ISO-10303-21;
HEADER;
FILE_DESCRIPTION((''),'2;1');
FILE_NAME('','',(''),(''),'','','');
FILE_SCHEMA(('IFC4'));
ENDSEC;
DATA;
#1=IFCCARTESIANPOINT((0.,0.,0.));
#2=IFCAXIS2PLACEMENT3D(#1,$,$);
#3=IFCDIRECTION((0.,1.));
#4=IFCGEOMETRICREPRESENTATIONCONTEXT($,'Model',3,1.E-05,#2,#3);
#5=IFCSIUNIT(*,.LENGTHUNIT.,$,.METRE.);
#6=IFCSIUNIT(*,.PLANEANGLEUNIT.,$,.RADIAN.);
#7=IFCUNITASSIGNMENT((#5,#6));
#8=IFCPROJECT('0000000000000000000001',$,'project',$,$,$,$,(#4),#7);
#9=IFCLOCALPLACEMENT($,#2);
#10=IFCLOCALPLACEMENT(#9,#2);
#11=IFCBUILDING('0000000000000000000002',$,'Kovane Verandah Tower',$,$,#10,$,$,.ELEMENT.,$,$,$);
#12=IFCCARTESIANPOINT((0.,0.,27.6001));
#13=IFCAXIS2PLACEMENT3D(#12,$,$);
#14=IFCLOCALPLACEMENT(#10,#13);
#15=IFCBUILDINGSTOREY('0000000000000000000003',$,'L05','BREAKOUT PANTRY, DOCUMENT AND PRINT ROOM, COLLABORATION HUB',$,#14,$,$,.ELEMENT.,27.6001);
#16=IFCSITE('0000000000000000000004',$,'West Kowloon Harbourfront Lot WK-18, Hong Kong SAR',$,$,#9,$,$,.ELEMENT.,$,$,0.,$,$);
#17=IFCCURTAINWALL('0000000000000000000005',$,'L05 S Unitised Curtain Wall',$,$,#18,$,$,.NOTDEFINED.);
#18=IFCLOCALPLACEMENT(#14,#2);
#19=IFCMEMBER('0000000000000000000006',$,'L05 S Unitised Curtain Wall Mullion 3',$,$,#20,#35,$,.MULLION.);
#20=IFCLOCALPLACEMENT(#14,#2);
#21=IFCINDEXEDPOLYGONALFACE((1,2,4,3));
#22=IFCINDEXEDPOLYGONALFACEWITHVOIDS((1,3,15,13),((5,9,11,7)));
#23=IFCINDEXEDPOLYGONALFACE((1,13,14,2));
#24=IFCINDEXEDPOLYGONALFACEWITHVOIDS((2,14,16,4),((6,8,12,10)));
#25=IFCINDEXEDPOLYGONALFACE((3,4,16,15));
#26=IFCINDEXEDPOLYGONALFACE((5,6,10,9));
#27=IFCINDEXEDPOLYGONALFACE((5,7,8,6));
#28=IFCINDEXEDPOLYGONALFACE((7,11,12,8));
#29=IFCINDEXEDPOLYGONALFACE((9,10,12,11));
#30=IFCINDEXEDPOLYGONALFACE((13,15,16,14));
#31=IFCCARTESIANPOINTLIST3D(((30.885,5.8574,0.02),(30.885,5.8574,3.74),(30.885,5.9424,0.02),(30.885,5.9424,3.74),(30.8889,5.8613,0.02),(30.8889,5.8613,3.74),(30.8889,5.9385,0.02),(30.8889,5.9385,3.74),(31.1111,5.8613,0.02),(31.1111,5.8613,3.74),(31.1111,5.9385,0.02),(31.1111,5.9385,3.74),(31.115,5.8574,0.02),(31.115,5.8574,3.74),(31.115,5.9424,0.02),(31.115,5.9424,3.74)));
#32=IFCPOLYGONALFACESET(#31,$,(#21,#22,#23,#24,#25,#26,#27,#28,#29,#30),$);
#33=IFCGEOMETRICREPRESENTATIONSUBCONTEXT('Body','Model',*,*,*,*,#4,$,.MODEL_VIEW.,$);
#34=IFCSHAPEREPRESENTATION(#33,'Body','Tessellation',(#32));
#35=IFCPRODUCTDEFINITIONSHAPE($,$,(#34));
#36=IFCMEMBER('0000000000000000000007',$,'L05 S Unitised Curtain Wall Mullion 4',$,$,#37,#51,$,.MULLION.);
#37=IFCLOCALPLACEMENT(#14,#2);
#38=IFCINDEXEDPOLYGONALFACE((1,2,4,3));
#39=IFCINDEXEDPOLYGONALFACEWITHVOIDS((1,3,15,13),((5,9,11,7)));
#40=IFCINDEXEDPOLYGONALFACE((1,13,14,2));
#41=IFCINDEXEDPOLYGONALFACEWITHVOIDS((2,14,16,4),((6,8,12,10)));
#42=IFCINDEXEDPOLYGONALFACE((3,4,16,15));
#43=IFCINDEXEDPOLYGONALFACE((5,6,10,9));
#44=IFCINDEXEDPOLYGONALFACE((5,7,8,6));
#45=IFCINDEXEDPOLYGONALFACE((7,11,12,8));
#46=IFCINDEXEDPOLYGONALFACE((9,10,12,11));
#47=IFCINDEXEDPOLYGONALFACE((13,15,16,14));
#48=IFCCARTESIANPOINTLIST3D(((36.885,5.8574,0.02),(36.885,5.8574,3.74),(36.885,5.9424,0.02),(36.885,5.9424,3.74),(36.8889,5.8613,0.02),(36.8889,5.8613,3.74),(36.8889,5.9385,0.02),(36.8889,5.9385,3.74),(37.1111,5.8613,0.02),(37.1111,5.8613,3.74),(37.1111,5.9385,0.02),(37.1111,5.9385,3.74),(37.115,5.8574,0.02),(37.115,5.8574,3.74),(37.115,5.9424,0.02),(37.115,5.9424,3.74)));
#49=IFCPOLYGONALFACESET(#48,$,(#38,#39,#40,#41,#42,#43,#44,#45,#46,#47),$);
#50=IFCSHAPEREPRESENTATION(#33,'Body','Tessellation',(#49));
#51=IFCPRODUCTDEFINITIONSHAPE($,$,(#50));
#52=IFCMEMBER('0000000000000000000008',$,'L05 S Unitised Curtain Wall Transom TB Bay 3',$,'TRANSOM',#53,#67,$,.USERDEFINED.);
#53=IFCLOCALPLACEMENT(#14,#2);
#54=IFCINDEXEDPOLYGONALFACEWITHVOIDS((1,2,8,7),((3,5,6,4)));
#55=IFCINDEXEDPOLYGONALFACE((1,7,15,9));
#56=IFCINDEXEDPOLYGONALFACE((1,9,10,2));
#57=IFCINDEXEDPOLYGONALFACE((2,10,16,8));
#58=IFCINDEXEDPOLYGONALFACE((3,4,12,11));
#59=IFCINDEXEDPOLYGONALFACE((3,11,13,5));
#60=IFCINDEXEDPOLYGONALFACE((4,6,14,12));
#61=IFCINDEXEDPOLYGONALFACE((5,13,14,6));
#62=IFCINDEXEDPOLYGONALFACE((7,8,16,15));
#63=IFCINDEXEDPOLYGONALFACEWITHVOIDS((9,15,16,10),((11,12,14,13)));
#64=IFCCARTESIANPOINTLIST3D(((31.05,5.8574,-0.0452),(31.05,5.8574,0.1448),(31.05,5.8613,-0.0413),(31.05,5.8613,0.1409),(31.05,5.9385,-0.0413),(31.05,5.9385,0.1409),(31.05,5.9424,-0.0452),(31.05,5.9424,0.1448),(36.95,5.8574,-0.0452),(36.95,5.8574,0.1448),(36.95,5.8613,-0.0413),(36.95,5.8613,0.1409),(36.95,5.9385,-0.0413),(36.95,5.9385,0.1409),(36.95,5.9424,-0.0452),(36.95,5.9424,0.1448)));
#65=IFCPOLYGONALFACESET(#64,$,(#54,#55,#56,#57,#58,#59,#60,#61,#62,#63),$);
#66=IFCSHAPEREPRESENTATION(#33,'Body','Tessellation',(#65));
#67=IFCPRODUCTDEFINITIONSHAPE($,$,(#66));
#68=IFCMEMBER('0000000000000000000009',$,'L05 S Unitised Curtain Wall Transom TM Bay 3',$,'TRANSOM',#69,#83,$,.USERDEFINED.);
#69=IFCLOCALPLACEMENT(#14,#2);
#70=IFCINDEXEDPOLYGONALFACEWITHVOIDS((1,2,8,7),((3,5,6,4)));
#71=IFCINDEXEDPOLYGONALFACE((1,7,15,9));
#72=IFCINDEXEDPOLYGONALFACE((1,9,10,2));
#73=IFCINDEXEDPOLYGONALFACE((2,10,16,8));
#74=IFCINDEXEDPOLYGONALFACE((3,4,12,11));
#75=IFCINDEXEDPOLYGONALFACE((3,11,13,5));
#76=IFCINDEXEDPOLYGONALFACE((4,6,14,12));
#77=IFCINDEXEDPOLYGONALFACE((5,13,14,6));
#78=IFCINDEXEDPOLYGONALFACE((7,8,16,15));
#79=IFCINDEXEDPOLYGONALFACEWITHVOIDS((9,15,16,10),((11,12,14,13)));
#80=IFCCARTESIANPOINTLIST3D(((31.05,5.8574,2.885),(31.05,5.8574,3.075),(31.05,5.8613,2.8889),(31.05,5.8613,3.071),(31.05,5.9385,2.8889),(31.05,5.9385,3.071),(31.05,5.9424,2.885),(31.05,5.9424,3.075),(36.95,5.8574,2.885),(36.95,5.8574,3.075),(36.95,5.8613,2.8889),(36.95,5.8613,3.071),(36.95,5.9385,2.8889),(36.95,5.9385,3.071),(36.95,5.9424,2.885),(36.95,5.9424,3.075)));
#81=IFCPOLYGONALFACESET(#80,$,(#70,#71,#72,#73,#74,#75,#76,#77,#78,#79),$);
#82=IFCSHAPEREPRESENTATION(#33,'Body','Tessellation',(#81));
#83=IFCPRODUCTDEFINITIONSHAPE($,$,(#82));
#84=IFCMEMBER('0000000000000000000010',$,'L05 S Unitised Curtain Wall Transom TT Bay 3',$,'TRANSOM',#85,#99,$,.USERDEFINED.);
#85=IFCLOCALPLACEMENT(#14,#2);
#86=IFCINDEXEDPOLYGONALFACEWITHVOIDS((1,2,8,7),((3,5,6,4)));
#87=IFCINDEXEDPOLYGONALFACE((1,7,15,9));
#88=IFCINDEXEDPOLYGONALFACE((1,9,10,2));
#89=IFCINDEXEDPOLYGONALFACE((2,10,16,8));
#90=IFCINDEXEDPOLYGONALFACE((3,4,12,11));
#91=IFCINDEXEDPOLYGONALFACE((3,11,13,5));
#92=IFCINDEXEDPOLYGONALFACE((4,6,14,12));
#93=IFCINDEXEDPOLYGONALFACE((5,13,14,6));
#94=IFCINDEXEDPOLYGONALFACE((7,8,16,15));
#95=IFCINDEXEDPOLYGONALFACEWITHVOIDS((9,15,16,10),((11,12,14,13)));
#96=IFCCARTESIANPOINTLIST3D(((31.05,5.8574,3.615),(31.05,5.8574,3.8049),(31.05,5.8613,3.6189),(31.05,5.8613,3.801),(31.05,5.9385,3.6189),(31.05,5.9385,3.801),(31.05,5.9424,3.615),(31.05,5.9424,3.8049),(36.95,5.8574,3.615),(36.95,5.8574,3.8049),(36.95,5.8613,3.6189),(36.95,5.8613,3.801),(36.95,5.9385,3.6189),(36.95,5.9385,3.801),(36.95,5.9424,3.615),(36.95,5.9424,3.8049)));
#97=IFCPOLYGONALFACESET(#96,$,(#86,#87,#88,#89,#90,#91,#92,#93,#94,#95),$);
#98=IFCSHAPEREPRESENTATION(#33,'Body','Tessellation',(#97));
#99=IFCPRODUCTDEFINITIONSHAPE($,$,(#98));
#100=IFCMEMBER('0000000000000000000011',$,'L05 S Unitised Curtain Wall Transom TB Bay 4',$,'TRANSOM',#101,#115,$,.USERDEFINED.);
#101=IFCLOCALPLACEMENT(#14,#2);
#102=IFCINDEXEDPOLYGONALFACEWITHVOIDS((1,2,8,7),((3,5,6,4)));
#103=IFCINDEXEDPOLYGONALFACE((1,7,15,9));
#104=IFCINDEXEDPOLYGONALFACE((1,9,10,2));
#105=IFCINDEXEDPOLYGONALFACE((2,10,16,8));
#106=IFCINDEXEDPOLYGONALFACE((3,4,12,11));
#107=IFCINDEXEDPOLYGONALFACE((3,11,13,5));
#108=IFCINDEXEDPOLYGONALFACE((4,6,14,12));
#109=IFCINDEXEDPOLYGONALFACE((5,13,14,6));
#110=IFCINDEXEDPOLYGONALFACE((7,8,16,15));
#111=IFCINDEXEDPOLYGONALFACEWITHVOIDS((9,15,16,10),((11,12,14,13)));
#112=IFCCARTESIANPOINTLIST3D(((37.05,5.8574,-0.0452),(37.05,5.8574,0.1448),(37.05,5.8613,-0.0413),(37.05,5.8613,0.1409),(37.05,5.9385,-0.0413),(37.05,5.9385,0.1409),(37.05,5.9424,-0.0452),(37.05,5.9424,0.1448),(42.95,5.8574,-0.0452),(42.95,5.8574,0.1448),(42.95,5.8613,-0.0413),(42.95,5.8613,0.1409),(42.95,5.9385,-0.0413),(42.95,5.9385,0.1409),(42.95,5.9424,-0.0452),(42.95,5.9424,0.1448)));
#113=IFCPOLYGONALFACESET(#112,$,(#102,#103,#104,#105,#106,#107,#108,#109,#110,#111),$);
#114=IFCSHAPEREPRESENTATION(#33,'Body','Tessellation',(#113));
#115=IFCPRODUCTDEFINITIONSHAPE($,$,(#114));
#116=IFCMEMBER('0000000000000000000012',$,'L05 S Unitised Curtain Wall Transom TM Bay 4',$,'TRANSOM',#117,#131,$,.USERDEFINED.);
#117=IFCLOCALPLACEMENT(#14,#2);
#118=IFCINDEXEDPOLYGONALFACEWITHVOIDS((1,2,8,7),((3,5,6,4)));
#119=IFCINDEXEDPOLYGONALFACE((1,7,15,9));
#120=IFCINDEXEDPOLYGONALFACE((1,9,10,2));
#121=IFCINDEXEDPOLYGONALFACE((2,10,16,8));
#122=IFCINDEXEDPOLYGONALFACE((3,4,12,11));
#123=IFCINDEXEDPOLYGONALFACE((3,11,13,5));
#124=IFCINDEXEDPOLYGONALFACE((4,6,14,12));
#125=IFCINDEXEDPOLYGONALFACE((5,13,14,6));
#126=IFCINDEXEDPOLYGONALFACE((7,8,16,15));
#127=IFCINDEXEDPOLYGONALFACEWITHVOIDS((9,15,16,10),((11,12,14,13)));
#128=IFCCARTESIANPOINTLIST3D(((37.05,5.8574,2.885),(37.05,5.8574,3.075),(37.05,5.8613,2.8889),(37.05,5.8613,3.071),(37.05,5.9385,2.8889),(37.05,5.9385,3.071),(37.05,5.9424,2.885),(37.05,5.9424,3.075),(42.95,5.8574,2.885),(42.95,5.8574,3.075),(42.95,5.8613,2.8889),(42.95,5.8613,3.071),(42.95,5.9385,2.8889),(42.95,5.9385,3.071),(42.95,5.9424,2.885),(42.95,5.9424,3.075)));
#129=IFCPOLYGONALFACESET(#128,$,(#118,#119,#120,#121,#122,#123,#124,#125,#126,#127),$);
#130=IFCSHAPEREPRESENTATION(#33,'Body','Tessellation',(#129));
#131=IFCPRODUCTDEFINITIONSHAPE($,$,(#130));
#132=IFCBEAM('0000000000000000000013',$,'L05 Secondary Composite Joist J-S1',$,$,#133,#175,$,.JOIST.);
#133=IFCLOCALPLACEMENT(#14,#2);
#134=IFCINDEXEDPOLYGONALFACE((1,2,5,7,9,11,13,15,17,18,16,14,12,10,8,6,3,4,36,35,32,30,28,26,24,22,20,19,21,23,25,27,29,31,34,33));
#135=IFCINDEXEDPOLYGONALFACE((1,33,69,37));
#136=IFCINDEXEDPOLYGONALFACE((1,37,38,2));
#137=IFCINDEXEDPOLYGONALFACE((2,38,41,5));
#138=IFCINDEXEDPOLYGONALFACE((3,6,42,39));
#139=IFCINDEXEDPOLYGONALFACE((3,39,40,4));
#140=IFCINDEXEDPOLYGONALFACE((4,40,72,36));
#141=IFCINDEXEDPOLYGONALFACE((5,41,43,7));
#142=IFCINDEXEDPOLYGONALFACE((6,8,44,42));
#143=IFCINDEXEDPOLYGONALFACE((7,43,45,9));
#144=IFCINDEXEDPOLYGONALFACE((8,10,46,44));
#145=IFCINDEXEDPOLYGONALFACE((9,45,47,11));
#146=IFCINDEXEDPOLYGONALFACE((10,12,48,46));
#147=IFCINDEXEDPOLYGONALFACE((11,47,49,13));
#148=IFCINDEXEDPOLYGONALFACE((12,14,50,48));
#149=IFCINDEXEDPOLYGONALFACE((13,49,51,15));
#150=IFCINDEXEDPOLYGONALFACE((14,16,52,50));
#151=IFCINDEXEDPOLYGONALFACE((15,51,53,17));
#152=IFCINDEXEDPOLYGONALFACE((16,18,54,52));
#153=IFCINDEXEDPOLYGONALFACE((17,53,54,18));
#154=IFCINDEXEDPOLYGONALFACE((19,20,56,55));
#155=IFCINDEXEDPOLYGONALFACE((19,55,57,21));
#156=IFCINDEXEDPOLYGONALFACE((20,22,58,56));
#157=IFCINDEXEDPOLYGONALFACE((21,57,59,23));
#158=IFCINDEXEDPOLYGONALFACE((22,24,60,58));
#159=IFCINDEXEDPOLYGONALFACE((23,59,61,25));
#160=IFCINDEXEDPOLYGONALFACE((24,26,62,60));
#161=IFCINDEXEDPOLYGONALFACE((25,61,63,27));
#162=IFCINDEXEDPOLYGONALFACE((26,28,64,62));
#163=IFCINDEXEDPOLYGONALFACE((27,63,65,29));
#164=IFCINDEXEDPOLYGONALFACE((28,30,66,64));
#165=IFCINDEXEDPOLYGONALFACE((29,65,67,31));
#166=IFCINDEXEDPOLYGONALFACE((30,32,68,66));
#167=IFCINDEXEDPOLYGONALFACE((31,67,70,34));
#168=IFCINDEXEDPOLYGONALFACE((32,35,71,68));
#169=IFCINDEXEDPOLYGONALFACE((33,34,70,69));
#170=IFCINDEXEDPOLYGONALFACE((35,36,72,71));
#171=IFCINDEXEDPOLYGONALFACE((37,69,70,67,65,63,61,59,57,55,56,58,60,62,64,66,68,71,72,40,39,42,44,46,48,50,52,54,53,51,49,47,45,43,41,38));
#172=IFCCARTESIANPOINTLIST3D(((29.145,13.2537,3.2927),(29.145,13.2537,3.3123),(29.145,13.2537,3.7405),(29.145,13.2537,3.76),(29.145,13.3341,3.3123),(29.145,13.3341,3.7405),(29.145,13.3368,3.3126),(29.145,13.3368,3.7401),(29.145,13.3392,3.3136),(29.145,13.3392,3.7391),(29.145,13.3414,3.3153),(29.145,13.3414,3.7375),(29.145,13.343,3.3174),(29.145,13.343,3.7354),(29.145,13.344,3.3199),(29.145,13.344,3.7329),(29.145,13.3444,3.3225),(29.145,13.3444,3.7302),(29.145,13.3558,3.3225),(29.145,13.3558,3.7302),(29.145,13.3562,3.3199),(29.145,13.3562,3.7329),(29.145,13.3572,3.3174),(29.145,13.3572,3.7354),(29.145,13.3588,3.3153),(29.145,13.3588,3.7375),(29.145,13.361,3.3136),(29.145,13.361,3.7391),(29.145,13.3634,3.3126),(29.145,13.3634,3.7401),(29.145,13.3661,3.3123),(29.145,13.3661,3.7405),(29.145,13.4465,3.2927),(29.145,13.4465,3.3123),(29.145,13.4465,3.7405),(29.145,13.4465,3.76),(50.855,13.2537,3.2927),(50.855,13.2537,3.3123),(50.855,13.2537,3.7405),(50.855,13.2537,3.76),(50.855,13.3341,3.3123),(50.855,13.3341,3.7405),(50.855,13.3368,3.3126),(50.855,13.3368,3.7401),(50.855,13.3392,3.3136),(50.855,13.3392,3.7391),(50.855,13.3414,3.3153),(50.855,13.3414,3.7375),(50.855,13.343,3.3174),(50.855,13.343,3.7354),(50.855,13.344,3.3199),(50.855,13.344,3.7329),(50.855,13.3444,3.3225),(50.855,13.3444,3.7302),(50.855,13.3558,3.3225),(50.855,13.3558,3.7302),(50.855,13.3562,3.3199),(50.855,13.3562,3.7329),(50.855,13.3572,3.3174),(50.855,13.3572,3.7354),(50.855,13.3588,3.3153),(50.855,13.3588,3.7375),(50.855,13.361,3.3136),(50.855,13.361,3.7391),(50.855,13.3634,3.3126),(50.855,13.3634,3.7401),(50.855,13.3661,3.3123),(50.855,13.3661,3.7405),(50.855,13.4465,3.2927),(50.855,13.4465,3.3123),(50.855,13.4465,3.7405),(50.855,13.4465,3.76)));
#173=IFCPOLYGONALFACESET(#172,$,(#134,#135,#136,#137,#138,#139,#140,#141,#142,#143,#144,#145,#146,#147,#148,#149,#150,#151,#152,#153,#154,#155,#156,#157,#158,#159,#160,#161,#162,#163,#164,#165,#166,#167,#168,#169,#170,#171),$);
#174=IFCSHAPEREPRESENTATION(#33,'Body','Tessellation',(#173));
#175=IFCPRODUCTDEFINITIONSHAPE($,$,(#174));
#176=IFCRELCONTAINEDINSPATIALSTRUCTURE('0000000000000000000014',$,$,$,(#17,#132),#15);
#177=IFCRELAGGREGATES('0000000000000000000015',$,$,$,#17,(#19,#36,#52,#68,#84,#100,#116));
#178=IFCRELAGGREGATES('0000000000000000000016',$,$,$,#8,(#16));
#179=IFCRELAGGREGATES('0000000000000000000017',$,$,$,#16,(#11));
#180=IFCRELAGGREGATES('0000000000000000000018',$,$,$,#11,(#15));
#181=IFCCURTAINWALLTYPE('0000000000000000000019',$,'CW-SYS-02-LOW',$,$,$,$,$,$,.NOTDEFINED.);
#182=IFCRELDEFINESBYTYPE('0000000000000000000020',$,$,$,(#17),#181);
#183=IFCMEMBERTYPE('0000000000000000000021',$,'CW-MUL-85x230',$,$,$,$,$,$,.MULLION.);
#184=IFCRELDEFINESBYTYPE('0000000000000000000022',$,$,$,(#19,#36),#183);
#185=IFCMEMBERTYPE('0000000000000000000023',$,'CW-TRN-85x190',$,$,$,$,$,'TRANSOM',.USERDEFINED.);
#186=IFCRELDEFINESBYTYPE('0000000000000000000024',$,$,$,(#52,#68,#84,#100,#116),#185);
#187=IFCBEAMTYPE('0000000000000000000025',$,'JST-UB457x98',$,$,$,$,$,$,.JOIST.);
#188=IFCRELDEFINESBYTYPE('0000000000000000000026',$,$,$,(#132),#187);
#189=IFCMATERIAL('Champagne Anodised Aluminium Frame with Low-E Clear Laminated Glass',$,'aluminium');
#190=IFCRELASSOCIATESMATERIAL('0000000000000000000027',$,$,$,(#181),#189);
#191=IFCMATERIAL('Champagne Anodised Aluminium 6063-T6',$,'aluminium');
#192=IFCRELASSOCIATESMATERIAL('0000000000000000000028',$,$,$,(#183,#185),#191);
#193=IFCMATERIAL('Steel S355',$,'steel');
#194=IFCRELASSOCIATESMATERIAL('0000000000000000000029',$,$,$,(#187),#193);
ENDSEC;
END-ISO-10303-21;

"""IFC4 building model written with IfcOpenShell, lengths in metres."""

from ifc_helpers import new_model, si_unit, direction, frame, origin, origin_2d, place, context, subcontext, project, spatial, hollow_rectangle, i_section, extrude, material, material_profile, profile_set, type_object, element, aggregate, save


model = new_model("IFC4")

# Units and contexts
model_context = context("Model", 3, precision=1e-05, world=origin(), true_north=direction((0.0, 1.0)))
body_context = subcontext(model_context, "Body", "Model", "MODEL_VIEW")
ifc_project = project(units=[si_unit("LENGTHUNIT", "METRE"), si_unit("PLANEANGLEUNIT", "RADIAN")], contexts=[model_context])

# Site, building, storey
site_placement = place(None, origin())
site = spatial("IfcSite", under=ifc_project, at=site_placement, Name="West Kowloon Harbourfront Lot WK-18, Hong Kong SAR", CompositionType="ELEMENT", RefElevation=0.0)
building_placement = place(site_placement, origin())
building = spatial("IfcBuilding", under=site, at=building_placement, Name="Kovane Verandah Tower", CompositionType="ELEMENT")
storey_placement = place(building_placement, frame((0.0, 0.0, 27.6001)))
storey = spatial("IfcBuildingStorey", under=building, at=storey_placement, Name="L05", Description="BREAKOUT PANTRY, DOCUMENT AND PRINT ROOM, COLLABORATION HUB", CompositionType="ELEMENT", Elevation=27.6001)

# Shared definitions
ifc_material_1 = material(Name="Steel S355", Category="steel")

# Curtain wall, members
ifc_material_2 = material(Name="Champagne Anodised Aluminium Frame with Low-E Clear Laminated Glass", Category="aluminium")
curtain_wall_type = type_object("IfcCurtainWallType", Name="CW-SYS-02-LOW", PredefinedType="NOTDEFINED", material=ifc_material_2)
curtain_wall_placement = place(storey_placement, origin())
curtain_wall = element("IfcCurtainWall", 1, at=curtain_wall_placement, inside=storey, type_object=curtain_wall_type, Name="L05 S Unitised Curtain Wall", PredefinedType="NOTDEFINED")
ifc_material_3 = material(Name="Champagne Anodised Aluminium 6063-T6", Category="aluminium")
ifc_material_profile_1 = material_profile(ifc_material_3, hollow_rectangle(XDim=0.085, YDim=0.23, WallThickness=0.0039, at=origin_2d()), Name="AL85x230x4")
ifc_profile_set_1 = profile_set([ifc_material_profile_1], Name="Champagne Anodised Aluminium 6063-T6")
member_type_1 = type_object("IfcMemberType", Name="CW-MUL-85x230", PredefinedType="MULLION", material=ifc_profile_set_1)
member_1_placement = place(storey_placement, frame((31.0, 5.8999, 0.02), z_axis=(0.0, 0.0, 1.0), x_axis=(0.0, -1.0, 0.0)))
member_1 = element("IfcMember", 2, at=member_1_placement, type_object=member_type_1, Name="L05 S Unitised Curtain Wall Mullion 3", PredefinedType="MULLION", context=body_context, shape_type="SweptSolid", body=[
    extrude(hollow_rectangle(XDim=0.085, YDim=0.23, WallThickness=0.0039, at=origin_2d()), origin(), (0.0, 0.0, 1.0), 3.72),
])
member_2_placement = place(storey_placement, frame((37.0, 5.8999, 0.02), z_axis=(0.0, 0.0, 1.0), x_axis=(0.0, -1.0, 0.0)))
member_2 = element("IfcMember", 3, at=member_2_placement, type_object=member_type_1, Name="L05 S Unitised Curtain Wall Mullion 4", PredefinedType="MULLION", context=body_context, shape_type="SweptSolid", body=[
    extrude(hollow_rectangle(XDim=0.085, YDim=0.23, WallThickness=0.0039, at=origin_2d()), origin(), (0.0, 0.0, 1.0), 3.72),
])
ifc_material_profile_2 = material_profile(ifc_material_3, hollow_rectangle(XDim=0.085, YDim=0.1899, WallThickness=0.0039, at=origin_2d()), Name="AL85x190x4")
ifc_profile_set_2 = profile_set([ifc_material_profile_2], Name="Champagne Anodised Aluminium 6063-T6")
member_type_2 = type_object("IfcMemberType", Name="CW-TRN-85x190", ElementType="TRANSOM", PredefinedType="USERDEFINED", material=ifc_profile_set_2)
member_3_placement = place(storey_placement, frame((31.05, 5.8999, 0.0498), z_axis=(1.0, 0.0, 0.0), x_axis=(0.0, 1.0, 0.0)))
member_3 = element("IfcMember", 4, at=member_3_placement, type_object=member_type_2, Name="L05 S Unitised Curtain Wall Transom TB Bay 3", ObjectType="TRANSOM", PredefinedType="USERDEFINED", context=body_context, shape_type="SweptSolid", body=[
    extrude(hollow_rectangle(XDim=0.085, YDim=0.1899, WallThickness=0.0039, at=origin_2d()), origin(), (0.0, 0.0, 1.0), 5.8999),
])
member_4_placement = place(storey_placement, frame((31.05, 5.8999, 2.98), z_axis=(1.0, 0.0, 0.0), x_axis=(0.0, 1.0, 0.0)))
member_4 = element("IfcMember", 5, at=member_4_placement, type_object=member_type_2, Name="L05 S Unitised Curtain Wall Transom TM Bay 3", ObjectType="TRANSOM", PredefinedType="USERDEFINED", context=body_context, shape_type="SweptSolid", body=[
    extrude(hollow_rectangle(XDim=0.085, YDim=0.1899, WallThickness=0.0039, at=origin_2d()), origin(), (0.0, 0.0, 1.0), 5.8999),
])
member_5_placement = place(storey_placement, frame((31.05, 5.8999, 3.71), z_axis=(1.0, 0.0, 0.0), x_axis=(0.0, 1.0, 0.0)))
member_5 = element("IfcMember", 6, at=member_5_placement, type_object=member_type_2, Name="L05 S Unitised Curtain Wall Transom TT Bay 3", ObjectType="TRANSOM", PredefinedType="USERDEFINED", context=body_context, shape_type="SweptSolid", body=[
    extrude(hollow_rectangle(XDim=0.085, YDim=0.1899, WallThickness=0.0039, at=origin_2d()), origin(), (0.0, 0.0, 1.0), 5.8999),
])
member_6_placement = place(storey_placement, frame((37.05, 5.8999, 0.0498), z_axis=(1.0, 0.0, 0.0), x_axis=(0.0, 1.0, 0.0)))
member_6 = element("IfcMember", 7, at=member_6_placement, type_object=member_type_2, Name="L05 S Unitised Curtain Wall Transom TB Bay 4", ObjectType="TRANSOM", PredefinedType="USERDEFINED", context=body_context, shape_type="SweptSolid", body=[
    extrude(hollow_rectangle(XDim=0.085, YDim=0.1899, WallThickness=0.0039, at=origin_2d()), origin(), (0.0, 0.0, 1.0), 5.8999),
])
member_7_placement = place(storey_placement, frame((37.05, 5.8999, 2.98), z_axis=(1.0, 0.0, 0.0), x_axis=(0.0, 1.0, 0.0)))
member_7 = element("IfcMember", 8, at=member_7_placement, type_object=member_type_2, Name="L05 S Unitised Curtain Wall Transom TM Bay 4", ObjectType="TRANSOM", PredefinedType="USERDEFINED", context=body_context, shape_type="SweptSolid", body=[
    extrude(hollow_rectangle(XDim=0.085, YDim=0.1899, WallThickness=0.0039, at=origin_2d()), origin(), (0.0, 0.0, 1.0), 5.8999),
])

# Beam
ifc_material_profile_3 = material_profile(ifc_material_1, i_section(OverallWidth=0.1929, OverallDepth=0.4673, WebThickness=0.0115, FlangeThickness=0.0195, FilletRadius=0.0103, at=origin_2d()), Name="UB457x191x98")
ifc_profile_set_3 = profile_set([ifc_material_profile_3], Name="Steel S355")
beam_type_1 = type_object("IfcBeamType", Name="JST-UB457x98", PredefinedType="JOIST", material=ifc_profile_set_3)
for number, where, z_axis, x_axis, name in (
    (9, (29.145, 13.3501, 3.5264), (1.0, 0.0, 0.0), (0.0, 1.0, 0.0), "L05 Secondary Composite Joist J-S1"),
):
    element("IfcBeam", number, at=place(storey_placement, frame(where, z_axis=z_axis, x_axis=x_axis)), inside=storey, type_object=beam_type_1, Name=name, PredefinedType="JOIST", context=body_context, shape_type="SweptSolid", body=[
        extrude(i_section(OverallWidth=0.1929, OverallDepth=0.4673, WebThickness=0.0115, FlangeThickness=0.0195, FilletRadius=0.0103, at=origin_2d()), origin(), (0.0, 0.0, 1.0), 21.71),
    ])

aggregate(curtain_wall, [member_1, member_2, member_3, member_4, member_5, member_6, member_7])

save(model, "model.ifc")
